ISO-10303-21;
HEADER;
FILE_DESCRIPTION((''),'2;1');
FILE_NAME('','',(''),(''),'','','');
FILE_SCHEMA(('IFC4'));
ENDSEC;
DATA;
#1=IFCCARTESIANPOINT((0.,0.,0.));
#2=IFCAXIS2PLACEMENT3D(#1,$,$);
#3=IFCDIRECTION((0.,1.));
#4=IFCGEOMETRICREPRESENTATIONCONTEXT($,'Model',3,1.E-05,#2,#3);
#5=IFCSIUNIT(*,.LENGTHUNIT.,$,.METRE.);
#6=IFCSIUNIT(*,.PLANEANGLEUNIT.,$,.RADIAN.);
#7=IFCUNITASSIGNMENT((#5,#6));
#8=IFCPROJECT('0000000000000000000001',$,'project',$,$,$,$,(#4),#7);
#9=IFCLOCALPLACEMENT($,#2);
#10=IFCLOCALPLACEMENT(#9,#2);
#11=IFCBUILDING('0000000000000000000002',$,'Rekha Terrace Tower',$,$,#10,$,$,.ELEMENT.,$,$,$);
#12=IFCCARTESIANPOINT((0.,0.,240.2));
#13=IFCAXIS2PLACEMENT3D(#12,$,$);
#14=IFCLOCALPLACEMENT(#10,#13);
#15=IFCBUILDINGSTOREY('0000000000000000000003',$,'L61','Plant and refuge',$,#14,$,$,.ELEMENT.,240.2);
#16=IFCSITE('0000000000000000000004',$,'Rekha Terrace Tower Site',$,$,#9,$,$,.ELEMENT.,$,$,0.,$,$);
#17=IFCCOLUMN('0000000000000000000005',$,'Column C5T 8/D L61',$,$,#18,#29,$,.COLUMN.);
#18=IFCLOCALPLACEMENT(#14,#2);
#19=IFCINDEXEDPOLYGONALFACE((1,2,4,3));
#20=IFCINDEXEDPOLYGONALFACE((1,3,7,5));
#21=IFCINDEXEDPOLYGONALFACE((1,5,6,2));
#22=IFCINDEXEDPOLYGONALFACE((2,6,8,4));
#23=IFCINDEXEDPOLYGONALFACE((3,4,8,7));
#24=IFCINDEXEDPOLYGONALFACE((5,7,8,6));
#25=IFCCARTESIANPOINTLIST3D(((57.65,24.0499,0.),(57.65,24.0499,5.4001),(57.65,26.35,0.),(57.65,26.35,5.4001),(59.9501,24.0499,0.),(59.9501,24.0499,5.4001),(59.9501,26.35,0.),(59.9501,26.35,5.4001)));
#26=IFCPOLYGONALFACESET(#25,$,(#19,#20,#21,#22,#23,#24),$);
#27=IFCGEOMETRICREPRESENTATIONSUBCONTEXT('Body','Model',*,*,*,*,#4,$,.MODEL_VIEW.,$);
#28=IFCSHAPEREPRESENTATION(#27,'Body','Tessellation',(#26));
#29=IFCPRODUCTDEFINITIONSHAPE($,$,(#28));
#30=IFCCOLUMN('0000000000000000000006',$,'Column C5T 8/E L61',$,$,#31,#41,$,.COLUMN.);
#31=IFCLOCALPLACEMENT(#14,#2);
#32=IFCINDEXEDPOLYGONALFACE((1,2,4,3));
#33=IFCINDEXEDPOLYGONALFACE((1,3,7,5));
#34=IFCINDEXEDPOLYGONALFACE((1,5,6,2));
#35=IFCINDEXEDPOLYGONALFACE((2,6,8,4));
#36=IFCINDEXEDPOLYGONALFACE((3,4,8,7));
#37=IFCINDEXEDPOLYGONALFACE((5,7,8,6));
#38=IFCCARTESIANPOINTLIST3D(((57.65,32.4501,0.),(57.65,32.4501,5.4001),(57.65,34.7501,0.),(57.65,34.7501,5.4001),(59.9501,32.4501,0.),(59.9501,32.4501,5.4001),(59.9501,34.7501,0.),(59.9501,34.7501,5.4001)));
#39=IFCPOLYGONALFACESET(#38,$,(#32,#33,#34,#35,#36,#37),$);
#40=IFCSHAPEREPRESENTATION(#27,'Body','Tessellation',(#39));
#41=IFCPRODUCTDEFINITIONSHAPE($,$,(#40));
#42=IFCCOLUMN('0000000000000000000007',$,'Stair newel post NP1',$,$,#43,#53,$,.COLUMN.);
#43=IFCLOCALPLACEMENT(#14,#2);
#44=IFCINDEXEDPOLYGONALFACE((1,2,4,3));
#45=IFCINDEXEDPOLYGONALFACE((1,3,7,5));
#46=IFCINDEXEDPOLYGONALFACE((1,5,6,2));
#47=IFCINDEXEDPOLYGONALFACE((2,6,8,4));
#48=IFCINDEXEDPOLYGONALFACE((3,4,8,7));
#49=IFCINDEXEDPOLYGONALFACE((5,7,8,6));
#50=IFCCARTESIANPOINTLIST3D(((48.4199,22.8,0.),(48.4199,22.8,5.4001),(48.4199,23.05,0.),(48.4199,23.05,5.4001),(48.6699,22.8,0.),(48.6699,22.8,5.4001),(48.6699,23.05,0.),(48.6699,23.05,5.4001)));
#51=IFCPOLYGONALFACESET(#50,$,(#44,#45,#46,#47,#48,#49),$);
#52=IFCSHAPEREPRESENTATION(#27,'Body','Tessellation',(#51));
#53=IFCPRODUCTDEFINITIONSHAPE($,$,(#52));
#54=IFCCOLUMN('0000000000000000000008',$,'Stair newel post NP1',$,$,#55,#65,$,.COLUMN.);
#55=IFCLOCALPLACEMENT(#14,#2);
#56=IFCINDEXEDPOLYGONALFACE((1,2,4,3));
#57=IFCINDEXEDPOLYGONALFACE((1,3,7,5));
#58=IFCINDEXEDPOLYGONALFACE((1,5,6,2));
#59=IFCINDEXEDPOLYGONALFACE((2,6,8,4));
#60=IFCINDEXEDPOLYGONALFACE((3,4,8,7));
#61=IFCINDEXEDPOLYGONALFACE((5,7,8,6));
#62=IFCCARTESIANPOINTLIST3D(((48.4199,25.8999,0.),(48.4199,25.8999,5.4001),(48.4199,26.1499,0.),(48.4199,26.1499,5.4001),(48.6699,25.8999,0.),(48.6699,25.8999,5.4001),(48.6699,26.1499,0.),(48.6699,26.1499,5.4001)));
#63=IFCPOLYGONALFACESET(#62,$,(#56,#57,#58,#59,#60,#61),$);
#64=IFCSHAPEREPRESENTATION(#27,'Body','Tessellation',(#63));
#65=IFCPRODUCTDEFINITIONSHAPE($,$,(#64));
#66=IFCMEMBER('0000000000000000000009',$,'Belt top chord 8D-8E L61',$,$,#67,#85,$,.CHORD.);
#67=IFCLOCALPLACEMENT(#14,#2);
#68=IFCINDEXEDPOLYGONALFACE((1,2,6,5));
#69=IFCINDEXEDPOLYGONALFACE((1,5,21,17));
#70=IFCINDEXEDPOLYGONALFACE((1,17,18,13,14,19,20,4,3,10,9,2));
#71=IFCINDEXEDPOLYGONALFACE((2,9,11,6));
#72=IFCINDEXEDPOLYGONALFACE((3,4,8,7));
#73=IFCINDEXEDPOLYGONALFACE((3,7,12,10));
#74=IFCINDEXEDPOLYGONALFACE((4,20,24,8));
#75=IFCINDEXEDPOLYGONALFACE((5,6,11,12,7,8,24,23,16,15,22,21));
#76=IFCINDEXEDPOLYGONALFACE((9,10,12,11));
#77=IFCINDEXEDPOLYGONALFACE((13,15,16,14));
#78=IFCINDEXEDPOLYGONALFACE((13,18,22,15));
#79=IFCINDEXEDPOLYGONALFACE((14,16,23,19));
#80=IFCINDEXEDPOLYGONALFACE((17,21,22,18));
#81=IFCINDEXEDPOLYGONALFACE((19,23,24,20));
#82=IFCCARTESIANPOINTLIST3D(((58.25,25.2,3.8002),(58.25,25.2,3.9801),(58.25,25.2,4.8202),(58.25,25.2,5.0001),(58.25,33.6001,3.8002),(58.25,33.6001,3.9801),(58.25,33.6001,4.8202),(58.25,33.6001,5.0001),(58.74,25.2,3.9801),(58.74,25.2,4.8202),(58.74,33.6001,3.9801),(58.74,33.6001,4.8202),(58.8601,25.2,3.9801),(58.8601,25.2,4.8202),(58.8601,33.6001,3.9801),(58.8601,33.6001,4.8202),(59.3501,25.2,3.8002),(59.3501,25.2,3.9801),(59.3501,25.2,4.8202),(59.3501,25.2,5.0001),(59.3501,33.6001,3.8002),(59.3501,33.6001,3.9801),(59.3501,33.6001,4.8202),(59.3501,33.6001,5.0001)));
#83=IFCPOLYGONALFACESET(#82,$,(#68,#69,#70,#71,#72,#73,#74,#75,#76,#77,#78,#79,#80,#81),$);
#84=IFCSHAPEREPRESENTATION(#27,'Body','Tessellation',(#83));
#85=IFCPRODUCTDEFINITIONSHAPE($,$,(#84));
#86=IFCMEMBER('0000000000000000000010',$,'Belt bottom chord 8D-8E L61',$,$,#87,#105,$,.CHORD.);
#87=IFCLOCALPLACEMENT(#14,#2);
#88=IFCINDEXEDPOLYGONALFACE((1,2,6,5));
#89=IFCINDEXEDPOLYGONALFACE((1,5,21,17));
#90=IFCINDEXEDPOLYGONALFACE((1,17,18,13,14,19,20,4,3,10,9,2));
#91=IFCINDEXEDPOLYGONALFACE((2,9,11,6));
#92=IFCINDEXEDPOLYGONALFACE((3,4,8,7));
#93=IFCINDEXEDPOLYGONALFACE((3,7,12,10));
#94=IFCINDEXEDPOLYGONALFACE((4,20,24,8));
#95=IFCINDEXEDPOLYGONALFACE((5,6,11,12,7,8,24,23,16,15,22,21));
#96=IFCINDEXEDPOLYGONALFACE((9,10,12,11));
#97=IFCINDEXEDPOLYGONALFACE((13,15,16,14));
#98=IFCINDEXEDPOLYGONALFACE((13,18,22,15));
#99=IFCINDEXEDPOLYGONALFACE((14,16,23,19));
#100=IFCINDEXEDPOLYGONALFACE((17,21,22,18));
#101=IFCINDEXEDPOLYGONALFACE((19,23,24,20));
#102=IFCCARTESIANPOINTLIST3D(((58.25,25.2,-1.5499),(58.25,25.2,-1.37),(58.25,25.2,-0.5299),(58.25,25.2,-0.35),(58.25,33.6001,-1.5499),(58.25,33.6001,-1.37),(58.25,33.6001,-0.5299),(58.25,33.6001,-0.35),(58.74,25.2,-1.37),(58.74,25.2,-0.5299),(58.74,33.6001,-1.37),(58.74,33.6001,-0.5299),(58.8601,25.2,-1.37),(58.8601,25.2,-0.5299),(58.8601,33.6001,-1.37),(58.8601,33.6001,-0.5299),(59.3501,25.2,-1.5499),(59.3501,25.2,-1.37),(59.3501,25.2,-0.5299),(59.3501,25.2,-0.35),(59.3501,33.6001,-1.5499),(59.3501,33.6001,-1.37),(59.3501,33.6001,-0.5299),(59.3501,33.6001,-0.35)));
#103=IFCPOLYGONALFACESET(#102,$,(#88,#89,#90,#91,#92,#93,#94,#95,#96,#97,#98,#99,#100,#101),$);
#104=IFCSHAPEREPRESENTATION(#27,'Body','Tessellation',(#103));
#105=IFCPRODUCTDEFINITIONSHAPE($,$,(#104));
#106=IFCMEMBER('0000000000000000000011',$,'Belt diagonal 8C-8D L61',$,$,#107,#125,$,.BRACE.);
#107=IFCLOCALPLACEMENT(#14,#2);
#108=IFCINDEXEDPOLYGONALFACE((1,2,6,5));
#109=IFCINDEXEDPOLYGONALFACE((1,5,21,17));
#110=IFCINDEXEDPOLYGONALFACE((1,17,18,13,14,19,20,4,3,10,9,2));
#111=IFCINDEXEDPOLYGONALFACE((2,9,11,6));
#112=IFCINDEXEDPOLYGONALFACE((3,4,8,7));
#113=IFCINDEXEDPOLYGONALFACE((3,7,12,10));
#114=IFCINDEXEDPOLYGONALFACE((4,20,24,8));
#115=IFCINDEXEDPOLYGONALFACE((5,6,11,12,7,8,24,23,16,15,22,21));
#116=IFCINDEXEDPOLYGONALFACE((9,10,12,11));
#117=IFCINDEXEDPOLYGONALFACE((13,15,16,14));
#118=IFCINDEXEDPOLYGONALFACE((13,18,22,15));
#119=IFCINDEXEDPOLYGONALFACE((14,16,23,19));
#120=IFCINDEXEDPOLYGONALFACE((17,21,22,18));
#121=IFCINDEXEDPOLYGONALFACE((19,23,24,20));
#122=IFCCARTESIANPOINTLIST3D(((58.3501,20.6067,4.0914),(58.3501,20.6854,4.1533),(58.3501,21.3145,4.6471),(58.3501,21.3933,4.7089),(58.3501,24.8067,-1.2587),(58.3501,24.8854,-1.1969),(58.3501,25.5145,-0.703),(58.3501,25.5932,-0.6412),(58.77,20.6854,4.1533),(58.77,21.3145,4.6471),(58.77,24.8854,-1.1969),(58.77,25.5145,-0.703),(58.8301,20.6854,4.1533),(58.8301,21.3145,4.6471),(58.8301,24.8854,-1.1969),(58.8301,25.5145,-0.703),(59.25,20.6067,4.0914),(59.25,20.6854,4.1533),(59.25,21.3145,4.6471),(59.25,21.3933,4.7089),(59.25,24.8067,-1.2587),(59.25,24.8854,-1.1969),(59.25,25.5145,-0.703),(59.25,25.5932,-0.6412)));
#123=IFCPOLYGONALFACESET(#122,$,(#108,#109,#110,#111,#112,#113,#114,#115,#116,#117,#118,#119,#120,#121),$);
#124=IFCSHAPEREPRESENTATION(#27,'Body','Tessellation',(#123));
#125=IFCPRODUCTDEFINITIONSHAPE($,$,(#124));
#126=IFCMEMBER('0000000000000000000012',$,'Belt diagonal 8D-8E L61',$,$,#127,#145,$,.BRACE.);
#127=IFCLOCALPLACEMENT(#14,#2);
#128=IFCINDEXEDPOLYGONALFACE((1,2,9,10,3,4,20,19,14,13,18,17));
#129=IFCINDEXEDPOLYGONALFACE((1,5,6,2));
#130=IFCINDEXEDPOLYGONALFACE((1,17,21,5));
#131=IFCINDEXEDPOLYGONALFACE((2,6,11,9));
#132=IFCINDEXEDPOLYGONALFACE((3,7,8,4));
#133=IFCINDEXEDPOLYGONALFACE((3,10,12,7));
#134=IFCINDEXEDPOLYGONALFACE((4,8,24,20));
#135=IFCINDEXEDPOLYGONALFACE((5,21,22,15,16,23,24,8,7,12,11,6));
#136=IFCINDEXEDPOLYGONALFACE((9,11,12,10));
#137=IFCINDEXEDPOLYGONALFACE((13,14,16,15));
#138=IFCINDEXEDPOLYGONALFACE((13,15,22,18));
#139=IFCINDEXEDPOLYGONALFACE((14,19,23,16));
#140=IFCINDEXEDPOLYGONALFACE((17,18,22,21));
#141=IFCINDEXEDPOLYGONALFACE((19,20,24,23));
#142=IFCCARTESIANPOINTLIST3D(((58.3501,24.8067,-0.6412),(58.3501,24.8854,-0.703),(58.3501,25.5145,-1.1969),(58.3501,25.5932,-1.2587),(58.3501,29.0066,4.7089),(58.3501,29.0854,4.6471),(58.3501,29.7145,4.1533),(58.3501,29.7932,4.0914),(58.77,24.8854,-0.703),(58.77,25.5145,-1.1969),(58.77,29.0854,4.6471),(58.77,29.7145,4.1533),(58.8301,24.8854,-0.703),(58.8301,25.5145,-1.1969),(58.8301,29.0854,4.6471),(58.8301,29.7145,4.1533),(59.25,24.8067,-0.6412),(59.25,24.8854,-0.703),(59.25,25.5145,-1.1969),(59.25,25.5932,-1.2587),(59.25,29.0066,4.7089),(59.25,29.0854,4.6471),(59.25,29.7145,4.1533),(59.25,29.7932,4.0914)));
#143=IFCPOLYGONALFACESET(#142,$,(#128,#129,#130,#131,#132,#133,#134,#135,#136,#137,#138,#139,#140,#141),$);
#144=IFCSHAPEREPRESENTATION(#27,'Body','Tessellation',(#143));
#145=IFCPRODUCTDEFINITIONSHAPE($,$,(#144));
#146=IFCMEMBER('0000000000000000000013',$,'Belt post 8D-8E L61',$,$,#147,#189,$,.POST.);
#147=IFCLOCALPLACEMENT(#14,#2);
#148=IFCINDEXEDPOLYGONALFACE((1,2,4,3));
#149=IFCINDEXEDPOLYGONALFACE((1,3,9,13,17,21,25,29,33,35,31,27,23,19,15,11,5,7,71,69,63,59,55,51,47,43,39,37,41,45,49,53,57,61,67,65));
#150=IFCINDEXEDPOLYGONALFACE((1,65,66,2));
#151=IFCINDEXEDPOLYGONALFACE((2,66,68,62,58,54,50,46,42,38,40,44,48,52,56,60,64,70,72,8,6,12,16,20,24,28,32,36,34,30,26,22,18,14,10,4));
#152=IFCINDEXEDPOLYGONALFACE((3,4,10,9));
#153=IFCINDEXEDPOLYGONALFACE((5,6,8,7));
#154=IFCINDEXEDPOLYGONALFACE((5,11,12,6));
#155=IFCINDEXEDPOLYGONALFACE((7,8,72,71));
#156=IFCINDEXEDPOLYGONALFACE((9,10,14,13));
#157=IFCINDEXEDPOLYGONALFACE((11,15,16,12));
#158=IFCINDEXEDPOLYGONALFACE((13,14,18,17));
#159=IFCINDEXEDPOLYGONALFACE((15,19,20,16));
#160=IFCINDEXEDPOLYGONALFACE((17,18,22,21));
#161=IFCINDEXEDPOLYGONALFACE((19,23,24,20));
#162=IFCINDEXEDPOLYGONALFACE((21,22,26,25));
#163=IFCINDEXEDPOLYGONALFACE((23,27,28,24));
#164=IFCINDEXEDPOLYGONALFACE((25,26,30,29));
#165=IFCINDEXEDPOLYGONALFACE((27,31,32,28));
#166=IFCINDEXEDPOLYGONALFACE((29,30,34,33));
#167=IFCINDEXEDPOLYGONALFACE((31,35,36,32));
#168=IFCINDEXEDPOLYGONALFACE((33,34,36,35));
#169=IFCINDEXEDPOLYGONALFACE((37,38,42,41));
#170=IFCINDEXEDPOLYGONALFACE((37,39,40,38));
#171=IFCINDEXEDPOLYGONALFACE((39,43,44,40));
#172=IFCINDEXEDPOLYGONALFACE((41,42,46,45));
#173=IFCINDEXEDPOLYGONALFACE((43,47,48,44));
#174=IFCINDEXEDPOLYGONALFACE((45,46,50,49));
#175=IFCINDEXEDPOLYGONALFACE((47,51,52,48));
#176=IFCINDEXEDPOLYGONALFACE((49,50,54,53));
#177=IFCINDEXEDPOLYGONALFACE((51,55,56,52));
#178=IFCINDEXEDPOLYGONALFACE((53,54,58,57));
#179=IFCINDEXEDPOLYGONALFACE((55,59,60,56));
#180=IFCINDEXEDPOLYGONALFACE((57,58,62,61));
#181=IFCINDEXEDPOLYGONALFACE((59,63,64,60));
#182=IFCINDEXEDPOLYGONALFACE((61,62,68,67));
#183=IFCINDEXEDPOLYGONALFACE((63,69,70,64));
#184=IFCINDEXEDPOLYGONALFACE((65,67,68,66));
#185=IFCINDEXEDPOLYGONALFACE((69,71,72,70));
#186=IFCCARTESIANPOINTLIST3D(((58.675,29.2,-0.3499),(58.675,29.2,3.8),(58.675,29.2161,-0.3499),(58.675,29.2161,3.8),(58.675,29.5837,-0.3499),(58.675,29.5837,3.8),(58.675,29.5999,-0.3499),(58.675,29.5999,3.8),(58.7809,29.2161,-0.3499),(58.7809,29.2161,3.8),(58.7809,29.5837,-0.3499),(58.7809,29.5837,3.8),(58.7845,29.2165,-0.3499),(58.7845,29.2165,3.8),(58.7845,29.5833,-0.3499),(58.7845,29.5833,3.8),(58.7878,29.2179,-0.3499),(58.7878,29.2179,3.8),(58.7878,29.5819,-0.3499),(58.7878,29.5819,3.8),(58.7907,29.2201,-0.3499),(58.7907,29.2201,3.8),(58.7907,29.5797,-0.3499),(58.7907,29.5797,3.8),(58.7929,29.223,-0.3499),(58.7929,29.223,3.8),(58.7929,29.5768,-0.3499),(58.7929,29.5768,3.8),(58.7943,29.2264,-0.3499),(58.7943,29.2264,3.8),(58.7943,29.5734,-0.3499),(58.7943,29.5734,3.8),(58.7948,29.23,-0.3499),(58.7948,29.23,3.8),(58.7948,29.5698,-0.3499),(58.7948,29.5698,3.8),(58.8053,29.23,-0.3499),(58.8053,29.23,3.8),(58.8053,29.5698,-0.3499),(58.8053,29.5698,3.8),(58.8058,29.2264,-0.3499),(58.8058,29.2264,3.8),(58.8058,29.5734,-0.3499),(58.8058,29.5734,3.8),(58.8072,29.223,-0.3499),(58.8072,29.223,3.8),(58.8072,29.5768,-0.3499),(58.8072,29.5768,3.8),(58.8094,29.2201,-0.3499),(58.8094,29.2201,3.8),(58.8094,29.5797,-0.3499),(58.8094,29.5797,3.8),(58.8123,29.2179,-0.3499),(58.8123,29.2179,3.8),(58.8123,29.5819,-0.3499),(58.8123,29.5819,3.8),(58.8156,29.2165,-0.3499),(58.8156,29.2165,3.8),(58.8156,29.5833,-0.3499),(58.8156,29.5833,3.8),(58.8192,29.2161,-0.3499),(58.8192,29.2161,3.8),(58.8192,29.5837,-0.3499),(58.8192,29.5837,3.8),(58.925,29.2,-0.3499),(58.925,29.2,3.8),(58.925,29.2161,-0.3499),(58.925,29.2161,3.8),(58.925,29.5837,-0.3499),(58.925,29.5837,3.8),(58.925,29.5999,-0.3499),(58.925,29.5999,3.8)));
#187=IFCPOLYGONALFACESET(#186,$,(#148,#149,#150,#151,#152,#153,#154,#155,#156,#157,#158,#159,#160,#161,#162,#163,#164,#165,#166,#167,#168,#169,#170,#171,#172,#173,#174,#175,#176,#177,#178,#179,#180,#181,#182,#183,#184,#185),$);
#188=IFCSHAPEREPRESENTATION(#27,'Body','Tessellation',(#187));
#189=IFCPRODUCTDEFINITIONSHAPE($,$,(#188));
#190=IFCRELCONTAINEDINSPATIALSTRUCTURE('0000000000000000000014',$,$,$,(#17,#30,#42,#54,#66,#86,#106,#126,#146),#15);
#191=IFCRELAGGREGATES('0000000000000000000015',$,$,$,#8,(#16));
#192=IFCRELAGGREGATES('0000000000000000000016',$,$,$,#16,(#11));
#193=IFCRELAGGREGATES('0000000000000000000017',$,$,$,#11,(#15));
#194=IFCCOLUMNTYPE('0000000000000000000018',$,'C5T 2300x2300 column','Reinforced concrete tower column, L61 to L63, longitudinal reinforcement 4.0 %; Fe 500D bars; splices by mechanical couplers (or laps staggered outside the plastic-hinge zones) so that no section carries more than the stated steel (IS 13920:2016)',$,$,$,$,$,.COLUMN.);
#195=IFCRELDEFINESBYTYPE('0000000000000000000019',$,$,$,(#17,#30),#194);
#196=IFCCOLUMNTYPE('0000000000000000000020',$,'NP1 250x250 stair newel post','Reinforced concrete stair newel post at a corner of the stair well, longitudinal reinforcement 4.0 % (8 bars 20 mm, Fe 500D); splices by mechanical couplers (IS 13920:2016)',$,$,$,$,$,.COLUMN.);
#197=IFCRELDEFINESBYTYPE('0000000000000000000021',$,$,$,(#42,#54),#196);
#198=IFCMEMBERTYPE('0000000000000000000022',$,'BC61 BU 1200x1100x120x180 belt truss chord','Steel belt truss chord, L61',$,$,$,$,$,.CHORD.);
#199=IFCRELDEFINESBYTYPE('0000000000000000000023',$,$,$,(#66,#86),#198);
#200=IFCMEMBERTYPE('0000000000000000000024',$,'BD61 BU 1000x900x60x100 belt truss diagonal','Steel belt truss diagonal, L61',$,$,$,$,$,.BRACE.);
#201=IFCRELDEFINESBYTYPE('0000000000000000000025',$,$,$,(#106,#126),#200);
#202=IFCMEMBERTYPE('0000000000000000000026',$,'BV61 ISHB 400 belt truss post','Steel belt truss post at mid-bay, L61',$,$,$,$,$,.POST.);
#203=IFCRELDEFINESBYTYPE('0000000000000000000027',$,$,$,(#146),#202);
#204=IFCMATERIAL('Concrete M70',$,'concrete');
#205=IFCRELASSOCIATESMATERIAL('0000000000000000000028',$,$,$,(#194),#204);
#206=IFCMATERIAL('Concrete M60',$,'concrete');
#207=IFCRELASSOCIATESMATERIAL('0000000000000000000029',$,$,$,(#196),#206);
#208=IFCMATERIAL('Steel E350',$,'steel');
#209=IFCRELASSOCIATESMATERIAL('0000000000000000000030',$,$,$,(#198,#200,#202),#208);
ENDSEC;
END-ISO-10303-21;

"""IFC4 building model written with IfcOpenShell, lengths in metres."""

from ifc_helpers import new_model, si_unit, direction, frame, origin, origin_2d, place, context, subcontext, project, spatial, rectangle, i_section, extrude, material, material_profile, profile_set, type_object, element, save


model = new_model("IFC4")

# Units and contexts
model_context = context("Model", 3, precision=1e-05, world=origin(), true_north=direction((0.0, 1.0)))
body_context = subcontext(model_context, "Body", "Model", "MODEL_VIEW")
ifc_project = project(units=[si_unit("LENGTHUNIT", "METRE"), si_unit("PLANEANGLEUNIT", "RADIAN")], contexts=[model_context])

# Site, building, storey
site_placement = place(None, origin())
site = spatial("IfcSite", under=ifc_project, at=site_placement, Name="Rekha Terrace Tower Site", CompositionType="ELEMENT", RefElevation=0.0)
building_placement = place(site_placement, origin())
building = spatial("IfcBuilding", under=site, at=building_placement, Name="Rekha Terrace Tower", CompositionType="ELEMENT")
storey_placement = place(building_placement, frame((0.0, 0.0, 240.2)))
storey = spatial("IfcBuildingStorey", under=building, at=storey_placement, Name="L61", Description="Plant and refuge", CompositionType="ELEMENT", Elevation=240.2)

# Columns
ifc_material_1 = material(Name="Concrete M70", Category="concrete")
ifc_material_profile_1 = material_profile(ifc_material_1, rectangle(XDim=2.3, YDim=2.3, at=origin_2d()), Name="RC 2300x2300")
ifc_profile_set_1 = profile_set([ifc_material_profile_1], Name="Concrete M70")
column_type_1 = type_object("IfcColumnType", Name="C5T 2300x2300 column", Description="Reinforced concrete tower column, L61 to L63, longitudinal reinforcement 4.0 %; Fe 500D bars; splices by mechanical couplers (or laps staggered outside the plastic-hinge zones) so that no section carries more than the stated steel (IS 13920:2016)", PredefinedType="COLUMN", material=ifc_profile_set_1)
for number, where, z_axis, x_axis, name in (
    (1, (58.8, 25.2, 0.0), (0.0, 0.0, 1.0), (1.0, 0.0, 0.0), "Column C5T 8/D L61"),
    (2, (58.8, 33.6001, 0.0), (0.0, 0.0, 1.0), (1.0, 0.0, 0.0), "Column C5T 8/E L61"),
):
    element("IfcColumn", number, at=place(storey_placement, frame(where, z_axis=z_axis, x_axis=x_axis)), inside=storey, type_object=column_type_1, Name=name, PredefinedType="COLUMN", context=body_context, shape_type="SweptSolid", body=[
        extrude(rectangle(XDim=2.3, YDim=2.3, at=origin_2d()), origin(), (0.0, 0.0, 1.0), 5.4001),
    ])
ifc_material_2 = material(Name="Concrete M60", Category="concrete")
ifc_material_profile_2 = material_profile(ifc_material_2, rectangle(XDim=0.25, YDim=0.25, at=origin_2d()), Name="RC 250x250")
ifc_profile_set_2 = profile_set([ifc_material_profile_2], Name="Concrete M60")
column_type_2 = type_object("IfcColumnType", Name="NP1 250x250 stair newel post", Description="Reinforced concrete stair newel post at a corner of the stair well, longitudinal reinforcement 4.0 % (8 bars 20 mm, Fe 500D); splices by mechanical couplers (IS 13920:2016)", PredefinedType="COLUMN", material=ifc_profile_set_2)
for number, where, z_axis, x_axis, name in (
    (3, (48.5449, 22.925, 0.0), (0.0, 0.0, 1.0), (1.0, 0.0, 0.0), "Stair newel post NP1"),
    (4, (48.5449, 26.0249, 0.0), (0.0, 0.0, 1.0), (1.0, 0.0, 0.0), "Stair newel post NP1"),
):
    element("IfcColumn", number, at=place(storey_placement, frame(where, z_axis=z_axis, x_axis=x_axis)), inside=storey, type_object=column_type_2, Name=name, PredefinedType="COLUMN", context=body_context, shape_type="SweptSolid", body=[
        extrude(rectangle(XDim=0.25, YDim=0.25, at=origin_2d()), origin(), (0.0, 0.0, 1.0), 5.4001),
    ])

# Members
ifc_material_3 = material(Name="Steel E350", Category="steel")
ifc_material_profile_3 = material_profile(ifc_material_3, i_section(OverallWidth=1.1001, OverallDepth=1.2, WebThickness=0.1201, FlangeThickness=0.1799, at=origin_2d()), Name="BU 1200x1100x120x180")
ifc_profile_set_3 = profile_set([ifc_material_profile_3], Name="Steel E350")
member_type_1 = type_object("IfcMemberType", Name="BC61 BU 1200x1100x120x180 belt truss chord", Description="Steel belt truss chord, L61", PredefinedType="CHORD", material=ifc_profile_set_3)
for number, where, z_axis, x_axis, name in (
    (5, (58.8, 25.2, 4.4001), (0.0, 1.0, 0.0), (-1.0, 0.0, 0.0), "Belt top chord 8D-8E L61"),
    (6, (58.8, 25.2, -0.95), (0.0, 1.0, 0.0), (-1.0, 0.0, 0.0), "Belt bottom chord 8D-8E L61"),
):
    element("IfcMember", number, at=place(storey_placement, frame(where, z_axis=z_axis, x_axis=x_axis)), inside=storey, type_object=member_type_1, Name=name, PredefinedType="CHORD", context=body_context, shape_type="SweptSolid", body=[
        extrude(i_section(OverallWidth=1.1001, OverallDepth=1.2, WebThickness=0.1201, FlangeThickness=0.1799, at=origin_2d()), origin(), (0.0, 0.0, 1.0), 8.4001),
    ])
ifc_material_profile_4 = material_profile(ifc_material_3, i_section(OverallWidth=0.8999, OverallDepth=1.0, WebThickness=0.0601, FlangeThickness=0.1001, at=origin_2d()), Name="BU 1000x900x60x100")
ifc_profile_set_4 = profile_set([ifc_material_profile_4], Name="Steel E350")
member_type_2 = type_object("IfcMemberType", Name="BD61 BU 1000x900x60x100 belt truss diagonal", Description="Steel belt truss diagonal, L61", PredefinedType="BRACE", material=ifc_profile_set_4)
for number, where, z_axis, x_axis, name in (
    (7, (58.8, 25.2, -0.95), (0.0, -0.617485, 0.786582), (1.0, 0.0, 0.0), "Belt diagonal 8C-8D L61"),
    (8, (58.8, 25.2, -0.95), (0.0, 0.617485, 0.786582), (-1.0, 0.0, 0.0), "Belt diagonal 8D-8E L61"),
):
    element("IfcMember", number, at=place(storey_placement, frame(where, z_axis=z_axis, x_axis=x_axis)), inside=storey, type_object=member_type_2, Name=name, PredefinedType="BRACE", context=body_context, shape_type="SweptSolid", body=[
        extrude(i_section(OverallWidth=0.8999, OverallDepth=1.0, WebThickness=0.0601, FlangeThickness=0.1001, at=origin_2d()), origin(), (0.0, 0.0, 1.0), 6.8018),
    ])
ifc_material_profile_5 = material_profile(ifc_material_3, i_section(OverallWidth=0.25, OverallDepth=0.3999, WebThickness=0.0105, FlangeThickness=0.0161, FilletRadius=0.0139, at=origin_2d()), Name="ISHB 400")
ifc_profile_set_5 = profile_set([ifc_material_profile_5], Name="Steel E350")
member_type_3 = type_object("IfcMemberType", Name="BV61 ISHB 400 belt truss post", Description="Steel belt truss post at mid-bay, L61", PredefinedType="POST", material=ifc_profile_set_5)
member_1_placement = place(storey_placement, frame((58.8, 29.3999, -0.3499), z_axis=(0.0, 0.0, 1.0), x_axis=(1.0, 0.0, 0.0)))
element("IfcMember", 9, at=member_1_placement, inside=storey, type_object=member_type_3, Name="Belt post 8D-8E L61", PredefinedType="POST", context=body_context, shape_type="SweptSolid", body=[
    extrude(i_section(OverallWidth=0.25, OverallDepth=0.3999, WebThickness=0.0105, FlangeThickness=0.0161, FilletRadius=0.0139, at=origin_2d()), origin(), (0.0, 0.0, 1.0), 4.1499),
])

save(model, "model.ifc")
